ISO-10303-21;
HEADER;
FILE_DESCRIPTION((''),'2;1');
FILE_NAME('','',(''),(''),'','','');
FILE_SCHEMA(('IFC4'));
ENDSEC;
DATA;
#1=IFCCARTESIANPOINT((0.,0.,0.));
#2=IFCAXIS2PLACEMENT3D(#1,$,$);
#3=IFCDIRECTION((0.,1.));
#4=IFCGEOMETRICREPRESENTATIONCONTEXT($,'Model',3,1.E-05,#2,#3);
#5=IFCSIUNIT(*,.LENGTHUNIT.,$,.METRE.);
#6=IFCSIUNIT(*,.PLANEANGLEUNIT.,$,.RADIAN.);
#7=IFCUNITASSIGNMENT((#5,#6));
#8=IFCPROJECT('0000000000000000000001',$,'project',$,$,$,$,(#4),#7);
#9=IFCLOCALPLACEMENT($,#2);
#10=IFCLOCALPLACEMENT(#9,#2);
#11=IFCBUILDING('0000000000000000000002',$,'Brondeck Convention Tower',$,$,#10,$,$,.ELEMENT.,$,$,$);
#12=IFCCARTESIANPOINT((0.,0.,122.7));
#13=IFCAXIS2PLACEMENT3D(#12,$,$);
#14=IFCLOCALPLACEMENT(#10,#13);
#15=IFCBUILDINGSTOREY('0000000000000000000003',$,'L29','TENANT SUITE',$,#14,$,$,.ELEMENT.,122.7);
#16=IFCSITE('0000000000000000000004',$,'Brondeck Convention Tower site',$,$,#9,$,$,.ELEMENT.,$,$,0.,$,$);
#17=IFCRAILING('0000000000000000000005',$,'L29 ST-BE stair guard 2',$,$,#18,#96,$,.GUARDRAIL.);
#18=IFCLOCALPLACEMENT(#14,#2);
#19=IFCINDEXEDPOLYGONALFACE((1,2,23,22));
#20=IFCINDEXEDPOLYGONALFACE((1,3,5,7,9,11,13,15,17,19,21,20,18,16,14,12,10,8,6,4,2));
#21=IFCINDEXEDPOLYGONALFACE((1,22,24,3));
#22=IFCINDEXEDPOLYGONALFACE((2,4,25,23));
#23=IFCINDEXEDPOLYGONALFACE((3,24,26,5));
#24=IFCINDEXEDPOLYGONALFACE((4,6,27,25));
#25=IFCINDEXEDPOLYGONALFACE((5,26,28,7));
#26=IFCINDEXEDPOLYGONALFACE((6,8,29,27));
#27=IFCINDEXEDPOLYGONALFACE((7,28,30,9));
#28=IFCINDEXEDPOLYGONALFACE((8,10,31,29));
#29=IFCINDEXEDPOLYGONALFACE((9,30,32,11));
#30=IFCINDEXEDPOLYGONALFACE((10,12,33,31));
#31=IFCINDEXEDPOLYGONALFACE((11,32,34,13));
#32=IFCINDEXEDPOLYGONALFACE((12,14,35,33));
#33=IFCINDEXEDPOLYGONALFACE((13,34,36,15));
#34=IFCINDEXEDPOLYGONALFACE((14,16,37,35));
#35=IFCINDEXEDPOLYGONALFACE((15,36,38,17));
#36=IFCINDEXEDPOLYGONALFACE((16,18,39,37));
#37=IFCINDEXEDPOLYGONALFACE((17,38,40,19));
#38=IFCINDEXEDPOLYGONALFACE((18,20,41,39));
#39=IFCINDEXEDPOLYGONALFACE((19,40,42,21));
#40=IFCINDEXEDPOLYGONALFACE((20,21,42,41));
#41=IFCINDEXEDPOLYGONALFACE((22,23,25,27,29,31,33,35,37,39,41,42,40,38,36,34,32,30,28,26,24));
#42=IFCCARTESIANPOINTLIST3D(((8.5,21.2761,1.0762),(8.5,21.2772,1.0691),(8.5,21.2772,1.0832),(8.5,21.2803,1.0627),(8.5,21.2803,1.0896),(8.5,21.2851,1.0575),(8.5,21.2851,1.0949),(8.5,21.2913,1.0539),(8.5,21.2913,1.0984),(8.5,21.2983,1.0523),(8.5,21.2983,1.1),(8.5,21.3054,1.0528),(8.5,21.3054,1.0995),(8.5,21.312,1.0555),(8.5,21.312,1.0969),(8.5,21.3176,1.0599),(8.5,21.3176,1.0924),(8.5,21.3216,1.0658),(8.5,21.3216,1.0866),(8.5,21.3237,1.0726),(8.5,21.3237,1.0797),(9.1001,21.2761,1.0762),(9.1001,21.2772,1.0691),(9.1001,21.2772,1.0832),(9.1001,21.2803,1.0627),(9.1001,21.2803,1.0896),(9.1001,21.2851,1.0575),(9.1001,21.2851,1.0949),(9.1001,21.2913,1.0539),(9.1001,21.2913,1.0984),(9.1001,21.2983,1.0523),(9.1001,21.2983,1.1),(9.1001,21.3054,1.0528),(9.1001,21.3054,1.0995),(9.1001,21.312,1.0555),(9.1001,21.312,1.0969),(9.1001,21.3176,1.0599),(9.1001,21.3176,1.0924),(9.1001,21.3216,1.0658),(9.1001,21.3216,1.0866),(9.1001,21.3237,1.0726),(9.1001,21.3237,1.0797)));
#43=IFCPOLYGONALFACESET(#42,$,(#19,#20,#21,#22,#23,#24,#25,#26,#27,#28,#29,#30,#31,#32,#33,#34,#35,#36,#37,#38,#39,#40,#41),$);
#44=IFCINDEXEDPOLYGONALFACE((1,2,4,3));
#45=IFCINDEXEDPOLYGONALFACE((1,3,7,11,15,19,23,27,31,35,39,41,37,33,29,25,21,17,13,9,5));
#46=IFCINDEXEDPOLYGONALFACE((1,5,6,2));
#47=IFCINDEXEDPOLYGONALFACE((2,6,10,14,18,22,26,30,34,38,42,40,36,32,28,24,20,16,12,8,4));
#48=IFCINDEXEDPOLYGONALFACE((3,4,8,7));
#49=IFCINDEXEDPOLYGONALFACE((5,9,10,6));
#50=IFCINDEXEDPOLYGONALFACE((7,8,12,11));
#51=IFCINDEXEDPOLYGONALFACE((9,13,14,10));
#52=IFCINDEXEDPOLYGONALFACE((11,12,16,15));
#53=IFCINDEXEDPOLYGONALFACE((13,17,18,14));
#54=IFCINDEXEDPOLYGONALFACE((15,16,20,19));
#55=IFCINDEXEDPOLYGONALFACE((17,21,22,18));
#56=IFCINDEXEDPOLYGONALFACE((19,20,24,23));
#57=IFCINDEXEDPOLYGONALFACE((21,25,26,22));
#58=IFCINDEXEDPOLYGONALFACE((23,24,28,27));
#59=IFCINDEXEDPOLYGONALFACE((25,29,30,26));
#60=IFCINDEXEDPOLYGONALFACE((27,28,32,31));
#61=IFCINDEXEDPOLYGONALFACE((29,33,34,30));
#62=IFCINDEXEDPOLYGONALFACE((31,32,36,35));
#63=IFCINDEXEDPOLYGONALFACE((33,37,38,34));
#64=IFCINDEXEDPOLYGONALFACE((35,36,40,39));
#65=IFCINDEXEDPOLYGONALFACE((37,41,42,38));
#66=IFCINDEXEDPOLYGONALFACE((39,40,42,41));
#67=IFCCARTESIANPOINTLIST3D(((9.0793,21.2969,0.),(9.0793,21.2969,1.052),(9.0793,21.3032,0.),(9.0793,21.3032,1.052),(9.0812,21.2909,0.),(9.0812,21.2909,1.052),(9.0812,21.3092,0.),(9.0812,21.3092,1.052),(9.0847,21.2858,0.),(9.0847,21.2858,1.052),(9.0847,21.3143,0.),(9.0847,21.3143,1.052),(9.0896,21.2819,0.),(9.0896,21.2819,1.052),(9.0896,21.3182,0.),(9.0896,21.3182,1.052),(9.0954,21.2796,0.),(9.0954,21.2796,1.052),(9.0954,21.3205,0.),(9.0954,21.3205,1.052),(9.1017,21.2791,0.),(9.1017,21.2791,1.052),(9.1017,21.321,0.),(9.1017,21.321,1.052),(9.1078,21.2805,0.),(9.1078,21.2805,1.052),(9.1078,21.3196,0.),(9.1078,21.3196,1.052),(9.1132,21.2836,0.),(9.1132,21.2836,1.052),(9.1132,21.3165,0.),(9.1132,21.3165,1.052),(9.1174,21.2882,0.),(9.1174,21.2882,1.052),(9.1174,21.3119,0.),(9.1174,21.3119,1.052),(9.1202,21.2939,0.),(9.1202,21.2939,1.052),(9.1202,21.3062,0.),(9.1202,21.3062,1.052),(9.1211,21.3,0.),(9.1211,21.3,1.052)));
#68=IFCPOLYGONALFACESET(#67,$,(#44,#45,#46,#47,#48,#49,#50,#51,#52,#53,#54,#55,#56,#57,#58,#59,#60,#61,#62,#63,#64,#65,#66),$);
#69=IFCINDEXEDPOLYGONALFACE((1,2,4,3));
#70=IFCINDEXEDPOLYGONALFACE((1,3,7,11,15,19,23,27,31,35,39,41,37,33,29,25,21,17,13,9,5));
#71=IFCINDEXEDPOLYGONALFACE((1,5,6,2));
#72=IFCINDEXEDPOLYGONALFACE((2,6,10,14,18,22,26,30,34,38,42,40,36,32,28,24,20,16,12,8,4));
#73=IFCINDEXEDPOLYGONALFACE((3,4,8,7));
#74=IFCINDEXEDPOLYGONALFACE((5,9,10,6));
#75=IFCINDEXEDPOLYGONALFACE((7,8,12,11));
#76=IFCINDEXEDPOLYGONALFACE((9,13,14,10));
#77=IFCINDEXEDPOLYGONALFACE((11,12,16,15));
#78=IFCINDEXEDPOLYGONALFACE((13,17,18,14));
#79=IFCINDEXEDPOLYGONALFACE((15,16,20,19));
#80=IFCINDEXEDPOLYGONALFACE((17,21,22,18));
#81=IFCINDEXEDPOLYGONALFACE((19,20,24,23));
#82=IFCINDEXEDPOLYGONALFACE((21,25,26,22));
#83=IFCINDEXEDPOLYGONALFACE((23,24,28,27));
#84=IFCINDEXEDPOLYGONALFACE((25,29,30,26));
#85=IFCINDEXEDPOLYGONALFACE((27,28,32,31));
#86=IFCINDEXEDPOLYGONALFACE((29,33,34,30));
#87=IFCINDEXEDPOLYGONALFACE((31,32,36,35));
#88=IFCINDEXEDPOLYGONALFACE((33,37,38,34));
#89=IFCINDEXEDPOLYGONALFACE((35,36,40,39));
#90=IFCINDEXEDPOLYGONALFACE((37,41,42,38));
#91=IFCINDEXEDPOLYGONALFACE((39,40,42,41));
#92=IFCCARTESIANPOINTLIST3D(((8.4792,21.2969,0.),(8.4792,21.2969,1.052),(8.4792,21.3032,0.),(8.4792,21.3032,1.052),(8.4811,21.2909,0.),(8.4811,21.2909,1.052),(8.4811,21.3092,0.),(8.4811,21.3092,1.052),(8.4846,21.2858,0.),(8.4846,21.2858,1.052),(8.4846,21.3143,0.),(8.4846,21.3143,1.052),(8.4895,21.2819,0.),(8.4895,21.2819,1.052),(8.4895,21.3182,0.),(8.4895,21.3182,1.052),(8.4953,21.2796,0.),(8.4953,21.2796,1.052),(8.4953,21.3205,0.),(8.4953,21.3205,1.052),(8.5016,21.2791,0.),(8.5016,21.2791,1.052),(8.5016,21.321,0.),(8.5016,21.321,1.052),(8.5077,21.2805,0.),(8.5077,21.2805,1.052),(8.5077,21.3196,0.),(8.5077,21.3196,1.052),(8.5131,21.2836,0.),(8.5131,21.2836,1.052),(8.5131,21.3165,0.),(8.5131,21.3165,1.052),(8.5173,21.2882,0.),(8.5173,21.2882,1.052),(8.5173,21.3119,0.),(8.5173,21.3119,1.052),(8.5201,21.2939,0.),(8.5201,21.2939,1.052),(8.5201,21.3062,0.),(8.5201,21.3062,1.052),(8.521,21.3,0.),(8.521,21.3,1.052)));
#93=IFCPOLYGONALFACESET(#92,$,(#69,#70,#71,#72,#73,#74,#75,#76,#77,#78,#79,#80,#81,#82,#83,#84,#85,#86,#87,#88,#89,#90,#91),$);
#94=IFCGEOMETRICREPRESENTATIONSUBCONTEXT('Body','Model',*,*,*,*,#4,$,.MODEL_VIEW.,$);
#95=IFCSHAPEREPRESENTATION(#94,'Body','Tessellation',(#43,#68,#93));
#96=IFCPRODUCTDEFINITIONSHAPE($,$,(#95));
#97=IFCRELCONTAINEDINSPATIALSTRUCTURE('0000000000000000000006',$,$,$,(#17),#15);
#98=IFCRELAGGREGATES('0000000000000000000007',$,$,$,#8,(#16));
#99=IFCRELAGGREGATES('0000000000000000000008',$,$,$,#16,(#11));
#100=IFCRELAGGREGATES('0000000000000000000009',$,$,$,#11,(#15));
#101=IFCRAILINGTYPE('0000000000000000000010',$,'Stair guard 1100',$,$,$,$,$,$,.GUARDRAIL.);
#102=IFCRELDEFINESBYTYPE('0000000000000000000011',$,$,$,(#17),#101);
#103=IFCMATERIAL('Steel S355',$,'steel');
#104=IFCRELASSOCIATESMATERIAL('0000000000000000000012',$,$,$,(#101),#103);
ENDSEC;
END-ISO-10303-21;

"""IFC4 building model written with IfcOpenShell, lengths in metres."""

from ifc_helpers import new_model, si_unit, direction, frame, origin, origin_2d, place, context, subcontext, project, spatial, circle, extrude, material, type_object, element, save


model = new_model("IFC4")

# Units and contexts
model_context = context("Model", 3, precision=1e-05, world=origin(), true_north=direction((0.0, 1.0)))
body_context = subcontext(model_context, "Body", "Model", "MODEL_VIEW")
ifc_project = project(units=[si_unit("LENGTHUNIT", "METRE"), si_unit("PLANEANGLEUNIT", "RADIAN")], contexts=[model_context])

# Site, building, storey
site_placement = place(None, origin())
site = spatial("IfcSite", under=ifc_project, at=site_placement, Name="Brondeck Convention Tower site", CompositionType="ELEMENT", RefElevation=0.0)
building_placement = place(site_placement, origin())
building = spatial("IfcBuilding", under=site, at=building_placement, Name="Brondeck Convention Tower", CompositionType="ELEMENT")
storey_placement = place(building_placement, frame((0.0, 0.0, 122.7)))
storey = spatial("IfcBuildingStorey", under=building, at=storey_placement, Name="L29", Description="TENANT SUITE", CompositionType="ELEMENT", Elevation=122.7)

# Shared definitions
ifc_material_1 = material(Name="Steel S355", Category="steel")

# Railing
railing_type_1 = type_object("IfcRailingType", Name="Stair guard 1100", PredefinedType="GUARDRAIL", material=ifc_material_1)
railing_1_placement = place(storey_placement, frame((9.1001, 21.3, 0.0)))
element("IfcRailing", 1, at=railing_1_placement, inside=storey, type_object=railing_type_1, Name="L29 ST-BE stair guard 2", PredefinedType="GUARDRAIL", context=body_context, shape_type="SweptSolid", body=[
    extrude(circle(Radius=0.0239, at=origin_2d()), frame((0.0, 0.0, 1.0762), z_axis=(-1.0, 0.0, 0.0), x_axis=(0.0, -1.0, 0.0)), (0.0, 0.0, 1.0), 0.6001),
    extrude(circle(Radius=0.021, at=origin_2d()), origin(), (0.0, 0.0, 1.0), 1.052),
    extrude(circle(Radius=0.021, at=origin_2d()), frame((-0.6001, 0.0, 0.0)), (0.0, 0.0, 1.0), 1.052),
])

save(model, "model.ifc")
